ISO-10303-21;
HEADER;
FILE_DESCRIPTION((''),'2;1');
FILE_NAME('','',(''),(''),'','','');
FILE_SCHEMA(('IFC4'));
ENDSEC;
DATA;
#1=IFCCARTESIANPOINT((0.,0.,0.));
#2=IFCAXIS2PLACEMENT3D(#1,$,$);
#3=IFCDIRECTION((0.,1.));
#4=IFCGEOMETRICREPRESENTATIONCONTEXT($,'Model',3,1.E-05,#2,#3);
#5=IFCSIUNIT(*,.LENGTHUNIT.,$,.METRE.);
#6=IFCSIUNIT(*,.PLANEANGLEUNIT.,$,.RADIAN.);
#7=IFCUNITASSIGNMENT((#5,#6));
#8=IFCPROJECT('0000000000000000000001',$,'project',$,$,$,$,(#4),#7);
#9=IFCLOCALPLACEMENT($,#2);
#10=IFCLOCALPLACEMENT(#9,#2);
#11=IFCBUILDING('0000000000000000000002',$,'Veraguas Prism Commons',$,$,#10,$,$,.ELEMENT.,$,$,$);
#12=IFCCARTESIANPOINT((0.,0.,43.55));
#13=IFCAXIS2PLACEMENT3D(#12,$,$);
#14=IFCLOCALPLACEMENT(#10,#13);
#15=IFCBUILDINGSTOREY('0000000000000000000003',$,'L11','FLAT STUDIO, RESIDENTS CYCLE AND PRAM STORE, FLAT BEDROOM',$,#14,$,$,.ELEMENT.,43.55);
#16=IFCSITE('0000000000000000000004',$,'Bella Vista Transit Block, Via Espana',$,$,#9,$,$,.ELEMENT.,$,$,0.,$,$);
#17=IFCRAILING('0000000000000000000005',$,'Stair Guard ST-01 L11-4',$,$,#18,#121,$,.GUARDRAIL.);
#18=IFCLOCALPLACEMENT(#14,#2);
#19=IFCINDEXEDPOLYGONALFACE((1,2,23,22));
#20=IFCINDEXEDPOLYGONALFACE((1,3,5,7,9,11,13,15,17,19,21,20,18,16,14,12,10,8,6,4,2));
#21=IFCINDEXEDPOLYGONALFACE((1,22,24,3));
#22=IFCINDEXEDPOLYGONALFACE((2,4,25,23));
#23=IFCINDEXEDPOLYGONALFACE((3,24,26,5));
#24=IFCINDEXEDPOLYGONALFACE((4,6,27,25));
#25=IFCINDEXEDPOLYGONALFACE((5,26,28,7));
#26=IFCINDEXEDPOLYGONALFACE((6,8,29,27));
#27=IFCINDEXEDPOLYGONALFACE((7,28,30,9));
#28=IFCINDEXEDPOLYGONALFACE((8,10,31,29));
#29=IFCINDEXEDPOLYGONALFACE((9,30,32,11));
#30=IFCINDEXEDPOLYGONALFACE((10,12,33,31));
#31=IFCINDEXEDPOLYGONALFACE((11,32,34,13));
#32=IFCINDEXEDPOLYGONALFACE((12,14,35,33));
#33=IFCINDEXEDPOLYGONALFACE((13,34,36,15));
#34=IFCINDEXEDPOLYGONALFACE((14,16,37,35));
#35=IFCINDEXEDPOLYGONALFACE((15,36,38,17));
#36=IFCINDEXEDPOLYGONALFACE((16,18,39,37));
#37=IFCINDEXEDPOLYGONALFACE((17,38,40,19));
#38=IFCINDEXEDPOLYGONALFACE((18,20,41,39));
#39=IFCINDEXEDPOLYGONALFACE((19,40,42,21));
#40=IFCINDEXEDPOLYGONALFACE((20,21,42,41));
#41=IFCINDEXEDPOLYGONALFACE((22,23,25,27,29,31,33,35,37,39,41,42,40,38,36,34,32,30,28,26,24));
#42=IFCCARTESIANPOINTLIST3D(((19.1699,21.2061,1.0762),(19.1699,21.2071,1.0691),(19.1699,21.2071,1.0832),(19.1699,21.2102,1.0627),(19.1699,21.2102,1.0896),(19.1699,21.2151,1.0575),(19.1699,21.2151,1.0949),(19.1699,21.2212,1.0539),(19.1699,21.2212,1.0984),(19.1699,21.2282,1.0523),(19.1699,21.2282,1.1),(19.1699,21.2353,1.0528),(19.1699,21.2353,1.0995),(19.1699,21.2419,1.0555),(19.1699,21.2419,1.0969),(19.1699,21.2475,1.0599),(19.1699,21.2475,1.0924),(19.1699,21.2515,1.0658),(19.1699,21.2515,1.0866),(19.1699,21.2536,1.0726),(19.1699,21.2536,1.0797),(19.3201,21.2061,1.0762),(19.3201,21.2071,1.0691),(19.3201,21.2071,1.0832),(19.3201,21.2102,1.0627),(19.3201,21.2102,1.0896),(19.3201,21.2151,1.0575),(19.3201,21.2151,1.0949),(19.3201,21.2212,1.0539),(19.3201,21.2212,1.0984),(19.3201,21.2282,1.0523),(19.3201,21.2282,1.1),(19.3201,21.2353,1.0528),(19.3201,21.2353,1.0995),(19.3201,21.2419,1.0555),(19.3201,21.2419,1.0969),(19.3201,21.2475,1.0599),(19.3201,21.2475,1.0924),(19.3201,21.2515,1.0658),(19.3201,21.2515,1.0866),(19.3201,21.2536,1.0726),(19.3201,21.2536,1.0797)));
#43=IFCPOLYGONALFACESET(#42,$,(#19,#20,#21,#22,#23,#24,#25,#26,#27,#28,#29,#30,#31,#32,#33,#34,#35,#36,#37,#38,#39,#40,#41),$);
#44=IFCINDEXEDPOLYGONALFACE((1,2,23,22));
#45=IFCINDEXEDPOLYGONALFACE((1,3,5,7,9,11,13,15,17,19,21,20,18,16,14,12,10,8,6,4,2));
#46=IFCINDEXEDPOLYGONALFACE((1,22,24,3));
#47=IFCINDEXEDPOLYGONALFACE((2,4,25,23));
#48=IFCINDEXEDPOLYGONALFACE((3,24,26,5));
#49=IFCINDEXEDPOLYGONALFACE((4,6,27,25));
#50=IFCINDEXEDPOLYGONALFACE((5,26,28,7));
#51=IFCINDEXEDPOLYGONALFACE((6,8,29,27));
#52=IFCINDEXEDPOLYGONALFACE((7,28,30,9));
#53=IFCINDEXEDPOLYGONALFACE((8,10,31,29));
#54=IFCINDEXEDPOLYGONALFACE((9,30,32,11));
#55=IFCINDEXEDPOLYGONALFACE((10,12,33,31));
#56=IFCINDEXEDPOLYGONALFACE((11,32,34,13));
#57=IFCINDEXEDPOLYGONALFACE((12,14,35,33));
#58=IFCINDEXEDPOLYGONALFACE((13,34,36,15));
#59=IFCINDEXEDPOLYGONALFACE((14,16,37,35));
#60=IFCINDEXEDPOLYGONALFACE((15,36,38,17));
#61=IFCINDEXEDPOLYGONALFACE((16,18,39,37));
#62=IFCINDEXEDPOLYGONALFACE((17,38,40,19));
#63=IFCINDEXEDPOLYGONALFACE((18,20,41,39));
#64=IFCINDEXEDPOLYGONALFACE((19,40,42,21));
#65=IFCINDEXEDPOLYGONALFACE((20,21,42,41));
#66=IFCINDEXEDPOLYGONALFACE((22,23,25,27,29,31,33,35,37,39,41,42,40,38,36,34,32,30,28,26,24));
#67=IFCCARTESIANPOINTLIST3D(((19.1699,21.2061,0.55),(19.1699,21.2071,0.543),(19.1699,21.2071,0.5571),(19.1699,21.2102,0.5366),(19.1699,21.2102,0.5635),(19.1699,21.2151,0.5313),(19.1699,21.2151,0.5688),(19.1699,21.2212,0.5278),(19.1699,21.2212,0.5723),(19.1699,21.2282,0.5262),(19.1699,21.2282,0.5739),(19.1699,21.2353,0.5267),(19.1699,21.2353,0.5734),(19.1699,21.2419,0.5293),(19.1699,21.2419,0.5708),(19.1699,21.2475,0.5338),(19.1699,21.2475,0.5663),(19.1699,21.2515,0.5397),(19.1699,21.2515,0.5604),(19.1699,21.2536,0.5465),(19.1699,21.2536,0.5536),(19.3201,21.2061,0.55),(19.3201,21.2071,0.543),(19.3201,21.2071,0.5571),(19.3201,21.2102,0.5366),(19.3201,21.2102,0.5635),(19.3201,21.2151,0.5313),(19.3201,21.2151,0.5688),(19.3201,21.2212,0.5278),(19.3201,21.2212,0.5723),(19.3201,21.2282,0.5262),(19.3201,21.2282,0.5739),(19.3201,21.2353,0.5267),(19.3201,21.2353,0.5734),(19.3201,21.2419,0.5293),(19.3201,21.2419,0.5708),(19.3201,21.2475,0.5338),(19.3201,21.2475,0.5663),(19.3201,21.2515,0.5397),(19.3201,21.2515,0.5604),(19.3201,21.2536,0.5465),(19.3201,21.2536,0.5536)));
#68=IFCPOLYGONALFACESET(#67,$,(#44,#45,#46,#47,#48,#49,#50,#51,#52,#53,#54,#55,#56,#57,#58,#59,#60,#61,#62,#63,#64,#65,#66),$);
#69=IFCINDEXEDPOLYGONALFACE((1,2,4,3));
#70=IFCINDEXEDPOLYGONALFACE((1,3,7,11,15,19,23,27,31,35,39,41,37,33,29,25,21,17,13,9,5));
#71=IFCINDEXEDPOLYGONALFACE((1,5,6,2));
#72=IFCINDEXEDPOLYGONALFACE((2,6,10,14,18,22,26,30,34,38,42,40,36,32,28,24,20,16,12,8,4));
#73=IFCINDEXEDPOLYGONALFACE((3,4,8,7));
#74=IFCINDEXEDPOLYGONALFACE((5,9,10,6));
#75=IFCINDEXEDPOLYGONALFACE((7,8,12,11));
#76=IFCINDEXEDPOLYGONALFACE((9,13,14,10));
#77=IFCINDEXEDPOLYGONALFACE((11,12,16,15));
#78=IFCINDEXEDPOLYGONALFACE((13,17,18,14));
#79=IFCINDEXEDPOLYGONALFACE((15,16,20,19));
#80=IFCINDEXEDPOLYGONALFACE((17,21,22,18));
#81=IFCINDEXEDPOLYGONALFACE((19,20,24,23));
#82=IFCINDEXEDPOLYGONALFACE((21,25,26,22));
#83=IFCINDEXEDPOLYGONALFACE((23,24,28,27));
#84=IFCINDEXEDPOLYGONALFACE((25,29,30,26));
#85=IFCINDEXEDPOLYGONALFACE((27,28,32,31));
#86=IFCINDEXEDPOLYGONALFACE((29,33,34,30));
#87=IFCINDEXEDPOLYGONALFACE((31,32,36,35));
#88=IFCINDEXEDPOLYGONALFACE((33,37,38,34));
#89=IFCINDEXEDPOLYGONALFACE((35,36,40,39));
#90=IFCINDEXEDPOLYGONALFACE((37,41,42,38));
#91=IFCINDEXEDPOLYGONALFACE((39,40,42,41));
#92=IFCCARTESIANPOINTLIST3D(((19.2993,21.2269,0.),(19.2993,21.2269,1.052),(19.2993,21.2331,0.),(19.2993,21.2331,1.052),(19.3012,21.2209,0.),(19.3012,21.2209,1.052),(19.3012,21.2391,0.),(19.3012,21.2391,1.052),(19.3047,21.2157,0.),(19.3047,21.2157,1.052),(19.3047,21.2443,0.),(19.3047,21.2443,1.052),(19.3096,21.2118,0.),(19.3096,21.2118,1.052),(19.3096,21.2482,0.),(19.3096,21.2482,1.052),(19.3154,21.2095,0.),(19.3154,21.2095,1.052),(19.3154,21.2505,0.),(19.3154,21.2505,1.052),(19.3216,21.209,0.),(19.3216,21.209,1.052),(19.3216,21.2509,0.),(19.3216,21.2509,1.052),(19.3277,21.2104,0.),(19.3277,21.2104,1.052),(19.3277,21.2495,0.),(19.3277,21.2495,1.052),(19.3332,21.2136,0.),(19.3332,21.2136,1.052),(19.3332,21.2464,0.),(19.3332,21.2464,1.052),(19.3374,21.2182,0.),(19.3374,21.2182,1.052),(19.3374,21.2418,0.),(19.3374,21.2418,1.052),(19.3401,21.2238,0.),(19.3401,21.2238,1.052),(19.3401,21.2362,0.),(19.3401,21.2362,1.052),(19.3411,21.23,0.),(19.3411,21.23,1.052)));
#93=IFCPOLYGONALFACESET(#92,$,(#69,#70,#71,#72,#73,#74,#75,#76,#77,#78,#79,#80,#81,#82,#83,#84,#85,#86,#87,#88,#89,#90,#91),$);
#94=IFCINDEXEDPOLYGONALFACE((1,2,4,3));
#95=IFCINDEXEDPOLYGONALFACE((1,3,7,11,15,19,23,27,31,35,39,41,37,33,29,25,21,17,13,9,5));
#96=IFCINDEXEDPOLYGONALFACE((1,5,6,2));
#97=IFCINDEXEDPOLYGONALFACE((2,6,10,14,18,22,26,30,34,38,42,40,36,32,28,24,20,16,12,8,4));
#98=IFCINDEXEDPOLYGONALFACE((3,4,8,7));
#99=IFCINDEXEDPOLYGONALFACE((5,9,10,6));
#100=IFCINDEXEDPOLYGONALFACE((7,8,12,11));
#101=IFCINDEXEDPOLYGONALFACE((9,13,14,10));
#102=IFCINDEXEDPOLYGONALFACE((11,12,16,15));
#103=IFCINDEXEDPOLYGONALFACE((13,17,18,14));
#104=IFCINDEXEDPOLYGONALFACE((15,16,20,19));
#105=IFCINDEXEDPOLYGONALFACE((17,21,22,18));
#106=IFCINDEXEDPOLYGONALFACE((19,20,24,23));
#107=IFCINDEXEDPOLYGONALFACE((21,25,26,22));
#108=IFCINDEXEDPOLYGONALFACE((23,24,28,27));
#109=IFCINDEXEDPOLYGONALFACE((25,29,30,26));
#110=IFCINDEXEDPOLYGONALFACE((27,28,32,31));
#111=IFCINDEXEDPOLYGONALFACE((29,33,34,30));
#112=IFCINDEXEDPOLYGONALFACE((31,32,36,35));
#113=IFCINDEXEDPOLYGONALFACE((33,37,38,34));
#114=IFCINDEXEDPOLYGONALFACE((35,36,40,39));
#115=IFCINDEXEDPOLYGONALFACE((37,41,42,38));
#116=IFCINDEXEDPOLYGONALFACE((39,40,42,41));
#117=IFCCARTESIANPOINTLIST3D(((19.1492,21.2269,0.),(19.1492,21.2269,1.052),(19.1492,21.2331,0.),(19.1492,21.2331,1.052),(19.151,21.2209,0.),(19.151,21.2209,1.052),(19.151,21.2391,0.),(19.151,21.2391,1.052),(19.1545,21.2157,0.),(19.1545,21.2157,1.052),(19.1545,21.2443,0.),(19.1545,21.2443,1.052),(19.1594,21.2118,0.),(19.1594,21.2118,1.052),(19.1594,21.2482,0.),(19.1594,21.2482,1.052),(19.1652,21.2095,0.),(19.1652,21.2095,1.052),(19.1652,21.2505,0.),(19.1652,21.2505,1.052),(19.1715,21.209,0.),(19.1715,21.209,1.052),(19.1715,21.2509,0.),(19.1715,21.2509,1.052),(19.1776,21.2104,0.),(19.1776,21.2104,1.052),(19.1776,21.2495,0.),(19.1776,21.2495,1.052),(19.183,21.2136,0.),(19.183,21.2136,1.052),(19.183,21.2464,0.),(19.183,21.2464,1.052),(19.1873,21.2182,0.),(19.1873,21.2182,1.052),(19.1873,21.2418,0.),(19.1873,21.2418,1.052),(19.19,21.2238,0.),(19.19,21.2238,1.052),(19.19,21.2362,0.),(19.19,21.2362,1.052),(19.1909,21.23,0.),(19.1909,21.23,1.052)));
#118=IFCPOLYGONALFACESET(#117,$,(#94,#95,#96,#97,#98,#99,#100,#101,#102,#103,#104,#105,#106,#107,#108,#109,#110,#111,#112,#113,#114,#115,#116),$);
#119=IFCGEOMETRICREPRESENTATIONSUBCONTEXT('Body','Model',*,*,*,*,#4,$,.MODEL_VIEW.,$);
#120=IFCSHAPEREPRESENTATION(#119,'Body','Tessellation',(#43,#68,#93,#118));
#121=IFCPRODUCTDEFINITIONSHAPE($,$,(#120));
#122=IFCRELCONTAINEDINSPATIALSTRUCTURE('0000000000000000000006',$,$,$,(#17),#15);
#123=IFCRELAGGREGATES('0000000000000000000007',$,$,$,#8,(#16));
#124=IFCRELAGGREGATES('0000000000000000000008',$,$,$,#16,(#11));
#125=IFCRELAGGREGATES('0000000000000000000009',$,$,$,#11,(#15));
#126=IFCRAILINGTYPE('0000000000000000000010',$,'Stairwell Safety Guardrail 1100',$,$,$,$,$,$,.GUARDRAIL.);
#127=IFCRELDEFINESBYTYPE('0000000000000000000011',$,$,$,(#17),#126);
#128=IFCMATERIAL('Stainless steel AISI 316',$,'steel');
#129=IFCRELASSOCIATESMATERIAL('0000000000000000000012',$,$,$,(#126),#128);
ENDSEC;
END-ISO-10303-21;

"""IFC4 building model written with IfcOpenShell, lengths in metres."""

from ifc_helpers import new_model, si_unit, direction, frame, origin, origin_2d, place, context, subcontext, project, spatial, circle, extrude, material, type_object, element, save


model = new_model("IFC4")

# Units and contexts
model_context = context("Model", 3, precision=1e-05, world=origin(), true_north=direction((0.0, 1.0)))
body_context = subcontext(model_context, "Body", "Model", "MODEL_VIEW")
ifc_project = project(units=[si_unit("LENGTHUNIT", "METRE"), si_unit("PLANEANGLEUNIT", "RADIAN")], contexts=[model_context])

# Site, building, storey
site_placement = place(None, origin())
site = spatial("IfcSite", under=ifc_project, at=site_placement, Name="Bella Vista Transit Block, Via Espana", CompositionType="ELEMENT", RefElevation=0.0)
building_placement = place(site_placement, origin())
building = spatial("IfcBuilding", under=site, at=building_placement, Name="Veraguas Prism Commons", CompositionType="ELEMENT")
storey_placement = place(building_placement, frame((0.0, 0.0, 43.55)))
storey = spatial("IfcBuildingStorey", under=building, at=storey_placement, Name="L11", Description="FLAT STUDIO, RESIDENTS CYCLE AND PRAM STORE, FLAT BEDROOM", CompositionType="ELEMENT", Elevation=43.55)

# Railing
ifc_material_1 = material(Name="Stainless steel AISI 316", Category="steel")
railing_type_1 = type_object("IfcRailingType", Name="Stairwell Safety Guardrail 1100", PredefinedType="GUARDRAIL", material=ifc_material_1)
railing_1_placement = place(storey_placement, frame((19.3201, 21.23, 0.0)))
element("IfcRailing", 1, at=railing_1_placement, inside=storey, type_object=railing_type_1, Name="Stair Guard ST-01 L11-4", PredefinedType="GUARDRAIL", context=body_context, shape_type="SweptSolid", body=[
    extrude(circle(Radius=0.0239, at=origin_2d()), frame((0.0, 0.0, 1.0762), z_axis=(-1.0, 0.0, 0.0), x_axis=(0.0, -1.0, 0.0)), (0.0, 0.0, 1.0), 0.1501),
    extrude(circle(Radius=0.0239, at=origin_2d()), frame((0.0, 0.0, 0.55), z_axis=(-1.0, 0.0, 0.0), x_axis=(0.0, -1.0, 0.0)), (0.0, 0.0, 1.0), 0.1501),
    extrude(circle(Radius=0.021, at=origin_2d()), origin(), (0.0, 0.0, 1.0), 1.052),
    extrude(circle(Radius=0.021, at=origin_2d()), frame((-0.1501, 0.0, 0.0)), (0.0, 0.0, 1.0), 1.052),
])

save(model, "model.ifc")
